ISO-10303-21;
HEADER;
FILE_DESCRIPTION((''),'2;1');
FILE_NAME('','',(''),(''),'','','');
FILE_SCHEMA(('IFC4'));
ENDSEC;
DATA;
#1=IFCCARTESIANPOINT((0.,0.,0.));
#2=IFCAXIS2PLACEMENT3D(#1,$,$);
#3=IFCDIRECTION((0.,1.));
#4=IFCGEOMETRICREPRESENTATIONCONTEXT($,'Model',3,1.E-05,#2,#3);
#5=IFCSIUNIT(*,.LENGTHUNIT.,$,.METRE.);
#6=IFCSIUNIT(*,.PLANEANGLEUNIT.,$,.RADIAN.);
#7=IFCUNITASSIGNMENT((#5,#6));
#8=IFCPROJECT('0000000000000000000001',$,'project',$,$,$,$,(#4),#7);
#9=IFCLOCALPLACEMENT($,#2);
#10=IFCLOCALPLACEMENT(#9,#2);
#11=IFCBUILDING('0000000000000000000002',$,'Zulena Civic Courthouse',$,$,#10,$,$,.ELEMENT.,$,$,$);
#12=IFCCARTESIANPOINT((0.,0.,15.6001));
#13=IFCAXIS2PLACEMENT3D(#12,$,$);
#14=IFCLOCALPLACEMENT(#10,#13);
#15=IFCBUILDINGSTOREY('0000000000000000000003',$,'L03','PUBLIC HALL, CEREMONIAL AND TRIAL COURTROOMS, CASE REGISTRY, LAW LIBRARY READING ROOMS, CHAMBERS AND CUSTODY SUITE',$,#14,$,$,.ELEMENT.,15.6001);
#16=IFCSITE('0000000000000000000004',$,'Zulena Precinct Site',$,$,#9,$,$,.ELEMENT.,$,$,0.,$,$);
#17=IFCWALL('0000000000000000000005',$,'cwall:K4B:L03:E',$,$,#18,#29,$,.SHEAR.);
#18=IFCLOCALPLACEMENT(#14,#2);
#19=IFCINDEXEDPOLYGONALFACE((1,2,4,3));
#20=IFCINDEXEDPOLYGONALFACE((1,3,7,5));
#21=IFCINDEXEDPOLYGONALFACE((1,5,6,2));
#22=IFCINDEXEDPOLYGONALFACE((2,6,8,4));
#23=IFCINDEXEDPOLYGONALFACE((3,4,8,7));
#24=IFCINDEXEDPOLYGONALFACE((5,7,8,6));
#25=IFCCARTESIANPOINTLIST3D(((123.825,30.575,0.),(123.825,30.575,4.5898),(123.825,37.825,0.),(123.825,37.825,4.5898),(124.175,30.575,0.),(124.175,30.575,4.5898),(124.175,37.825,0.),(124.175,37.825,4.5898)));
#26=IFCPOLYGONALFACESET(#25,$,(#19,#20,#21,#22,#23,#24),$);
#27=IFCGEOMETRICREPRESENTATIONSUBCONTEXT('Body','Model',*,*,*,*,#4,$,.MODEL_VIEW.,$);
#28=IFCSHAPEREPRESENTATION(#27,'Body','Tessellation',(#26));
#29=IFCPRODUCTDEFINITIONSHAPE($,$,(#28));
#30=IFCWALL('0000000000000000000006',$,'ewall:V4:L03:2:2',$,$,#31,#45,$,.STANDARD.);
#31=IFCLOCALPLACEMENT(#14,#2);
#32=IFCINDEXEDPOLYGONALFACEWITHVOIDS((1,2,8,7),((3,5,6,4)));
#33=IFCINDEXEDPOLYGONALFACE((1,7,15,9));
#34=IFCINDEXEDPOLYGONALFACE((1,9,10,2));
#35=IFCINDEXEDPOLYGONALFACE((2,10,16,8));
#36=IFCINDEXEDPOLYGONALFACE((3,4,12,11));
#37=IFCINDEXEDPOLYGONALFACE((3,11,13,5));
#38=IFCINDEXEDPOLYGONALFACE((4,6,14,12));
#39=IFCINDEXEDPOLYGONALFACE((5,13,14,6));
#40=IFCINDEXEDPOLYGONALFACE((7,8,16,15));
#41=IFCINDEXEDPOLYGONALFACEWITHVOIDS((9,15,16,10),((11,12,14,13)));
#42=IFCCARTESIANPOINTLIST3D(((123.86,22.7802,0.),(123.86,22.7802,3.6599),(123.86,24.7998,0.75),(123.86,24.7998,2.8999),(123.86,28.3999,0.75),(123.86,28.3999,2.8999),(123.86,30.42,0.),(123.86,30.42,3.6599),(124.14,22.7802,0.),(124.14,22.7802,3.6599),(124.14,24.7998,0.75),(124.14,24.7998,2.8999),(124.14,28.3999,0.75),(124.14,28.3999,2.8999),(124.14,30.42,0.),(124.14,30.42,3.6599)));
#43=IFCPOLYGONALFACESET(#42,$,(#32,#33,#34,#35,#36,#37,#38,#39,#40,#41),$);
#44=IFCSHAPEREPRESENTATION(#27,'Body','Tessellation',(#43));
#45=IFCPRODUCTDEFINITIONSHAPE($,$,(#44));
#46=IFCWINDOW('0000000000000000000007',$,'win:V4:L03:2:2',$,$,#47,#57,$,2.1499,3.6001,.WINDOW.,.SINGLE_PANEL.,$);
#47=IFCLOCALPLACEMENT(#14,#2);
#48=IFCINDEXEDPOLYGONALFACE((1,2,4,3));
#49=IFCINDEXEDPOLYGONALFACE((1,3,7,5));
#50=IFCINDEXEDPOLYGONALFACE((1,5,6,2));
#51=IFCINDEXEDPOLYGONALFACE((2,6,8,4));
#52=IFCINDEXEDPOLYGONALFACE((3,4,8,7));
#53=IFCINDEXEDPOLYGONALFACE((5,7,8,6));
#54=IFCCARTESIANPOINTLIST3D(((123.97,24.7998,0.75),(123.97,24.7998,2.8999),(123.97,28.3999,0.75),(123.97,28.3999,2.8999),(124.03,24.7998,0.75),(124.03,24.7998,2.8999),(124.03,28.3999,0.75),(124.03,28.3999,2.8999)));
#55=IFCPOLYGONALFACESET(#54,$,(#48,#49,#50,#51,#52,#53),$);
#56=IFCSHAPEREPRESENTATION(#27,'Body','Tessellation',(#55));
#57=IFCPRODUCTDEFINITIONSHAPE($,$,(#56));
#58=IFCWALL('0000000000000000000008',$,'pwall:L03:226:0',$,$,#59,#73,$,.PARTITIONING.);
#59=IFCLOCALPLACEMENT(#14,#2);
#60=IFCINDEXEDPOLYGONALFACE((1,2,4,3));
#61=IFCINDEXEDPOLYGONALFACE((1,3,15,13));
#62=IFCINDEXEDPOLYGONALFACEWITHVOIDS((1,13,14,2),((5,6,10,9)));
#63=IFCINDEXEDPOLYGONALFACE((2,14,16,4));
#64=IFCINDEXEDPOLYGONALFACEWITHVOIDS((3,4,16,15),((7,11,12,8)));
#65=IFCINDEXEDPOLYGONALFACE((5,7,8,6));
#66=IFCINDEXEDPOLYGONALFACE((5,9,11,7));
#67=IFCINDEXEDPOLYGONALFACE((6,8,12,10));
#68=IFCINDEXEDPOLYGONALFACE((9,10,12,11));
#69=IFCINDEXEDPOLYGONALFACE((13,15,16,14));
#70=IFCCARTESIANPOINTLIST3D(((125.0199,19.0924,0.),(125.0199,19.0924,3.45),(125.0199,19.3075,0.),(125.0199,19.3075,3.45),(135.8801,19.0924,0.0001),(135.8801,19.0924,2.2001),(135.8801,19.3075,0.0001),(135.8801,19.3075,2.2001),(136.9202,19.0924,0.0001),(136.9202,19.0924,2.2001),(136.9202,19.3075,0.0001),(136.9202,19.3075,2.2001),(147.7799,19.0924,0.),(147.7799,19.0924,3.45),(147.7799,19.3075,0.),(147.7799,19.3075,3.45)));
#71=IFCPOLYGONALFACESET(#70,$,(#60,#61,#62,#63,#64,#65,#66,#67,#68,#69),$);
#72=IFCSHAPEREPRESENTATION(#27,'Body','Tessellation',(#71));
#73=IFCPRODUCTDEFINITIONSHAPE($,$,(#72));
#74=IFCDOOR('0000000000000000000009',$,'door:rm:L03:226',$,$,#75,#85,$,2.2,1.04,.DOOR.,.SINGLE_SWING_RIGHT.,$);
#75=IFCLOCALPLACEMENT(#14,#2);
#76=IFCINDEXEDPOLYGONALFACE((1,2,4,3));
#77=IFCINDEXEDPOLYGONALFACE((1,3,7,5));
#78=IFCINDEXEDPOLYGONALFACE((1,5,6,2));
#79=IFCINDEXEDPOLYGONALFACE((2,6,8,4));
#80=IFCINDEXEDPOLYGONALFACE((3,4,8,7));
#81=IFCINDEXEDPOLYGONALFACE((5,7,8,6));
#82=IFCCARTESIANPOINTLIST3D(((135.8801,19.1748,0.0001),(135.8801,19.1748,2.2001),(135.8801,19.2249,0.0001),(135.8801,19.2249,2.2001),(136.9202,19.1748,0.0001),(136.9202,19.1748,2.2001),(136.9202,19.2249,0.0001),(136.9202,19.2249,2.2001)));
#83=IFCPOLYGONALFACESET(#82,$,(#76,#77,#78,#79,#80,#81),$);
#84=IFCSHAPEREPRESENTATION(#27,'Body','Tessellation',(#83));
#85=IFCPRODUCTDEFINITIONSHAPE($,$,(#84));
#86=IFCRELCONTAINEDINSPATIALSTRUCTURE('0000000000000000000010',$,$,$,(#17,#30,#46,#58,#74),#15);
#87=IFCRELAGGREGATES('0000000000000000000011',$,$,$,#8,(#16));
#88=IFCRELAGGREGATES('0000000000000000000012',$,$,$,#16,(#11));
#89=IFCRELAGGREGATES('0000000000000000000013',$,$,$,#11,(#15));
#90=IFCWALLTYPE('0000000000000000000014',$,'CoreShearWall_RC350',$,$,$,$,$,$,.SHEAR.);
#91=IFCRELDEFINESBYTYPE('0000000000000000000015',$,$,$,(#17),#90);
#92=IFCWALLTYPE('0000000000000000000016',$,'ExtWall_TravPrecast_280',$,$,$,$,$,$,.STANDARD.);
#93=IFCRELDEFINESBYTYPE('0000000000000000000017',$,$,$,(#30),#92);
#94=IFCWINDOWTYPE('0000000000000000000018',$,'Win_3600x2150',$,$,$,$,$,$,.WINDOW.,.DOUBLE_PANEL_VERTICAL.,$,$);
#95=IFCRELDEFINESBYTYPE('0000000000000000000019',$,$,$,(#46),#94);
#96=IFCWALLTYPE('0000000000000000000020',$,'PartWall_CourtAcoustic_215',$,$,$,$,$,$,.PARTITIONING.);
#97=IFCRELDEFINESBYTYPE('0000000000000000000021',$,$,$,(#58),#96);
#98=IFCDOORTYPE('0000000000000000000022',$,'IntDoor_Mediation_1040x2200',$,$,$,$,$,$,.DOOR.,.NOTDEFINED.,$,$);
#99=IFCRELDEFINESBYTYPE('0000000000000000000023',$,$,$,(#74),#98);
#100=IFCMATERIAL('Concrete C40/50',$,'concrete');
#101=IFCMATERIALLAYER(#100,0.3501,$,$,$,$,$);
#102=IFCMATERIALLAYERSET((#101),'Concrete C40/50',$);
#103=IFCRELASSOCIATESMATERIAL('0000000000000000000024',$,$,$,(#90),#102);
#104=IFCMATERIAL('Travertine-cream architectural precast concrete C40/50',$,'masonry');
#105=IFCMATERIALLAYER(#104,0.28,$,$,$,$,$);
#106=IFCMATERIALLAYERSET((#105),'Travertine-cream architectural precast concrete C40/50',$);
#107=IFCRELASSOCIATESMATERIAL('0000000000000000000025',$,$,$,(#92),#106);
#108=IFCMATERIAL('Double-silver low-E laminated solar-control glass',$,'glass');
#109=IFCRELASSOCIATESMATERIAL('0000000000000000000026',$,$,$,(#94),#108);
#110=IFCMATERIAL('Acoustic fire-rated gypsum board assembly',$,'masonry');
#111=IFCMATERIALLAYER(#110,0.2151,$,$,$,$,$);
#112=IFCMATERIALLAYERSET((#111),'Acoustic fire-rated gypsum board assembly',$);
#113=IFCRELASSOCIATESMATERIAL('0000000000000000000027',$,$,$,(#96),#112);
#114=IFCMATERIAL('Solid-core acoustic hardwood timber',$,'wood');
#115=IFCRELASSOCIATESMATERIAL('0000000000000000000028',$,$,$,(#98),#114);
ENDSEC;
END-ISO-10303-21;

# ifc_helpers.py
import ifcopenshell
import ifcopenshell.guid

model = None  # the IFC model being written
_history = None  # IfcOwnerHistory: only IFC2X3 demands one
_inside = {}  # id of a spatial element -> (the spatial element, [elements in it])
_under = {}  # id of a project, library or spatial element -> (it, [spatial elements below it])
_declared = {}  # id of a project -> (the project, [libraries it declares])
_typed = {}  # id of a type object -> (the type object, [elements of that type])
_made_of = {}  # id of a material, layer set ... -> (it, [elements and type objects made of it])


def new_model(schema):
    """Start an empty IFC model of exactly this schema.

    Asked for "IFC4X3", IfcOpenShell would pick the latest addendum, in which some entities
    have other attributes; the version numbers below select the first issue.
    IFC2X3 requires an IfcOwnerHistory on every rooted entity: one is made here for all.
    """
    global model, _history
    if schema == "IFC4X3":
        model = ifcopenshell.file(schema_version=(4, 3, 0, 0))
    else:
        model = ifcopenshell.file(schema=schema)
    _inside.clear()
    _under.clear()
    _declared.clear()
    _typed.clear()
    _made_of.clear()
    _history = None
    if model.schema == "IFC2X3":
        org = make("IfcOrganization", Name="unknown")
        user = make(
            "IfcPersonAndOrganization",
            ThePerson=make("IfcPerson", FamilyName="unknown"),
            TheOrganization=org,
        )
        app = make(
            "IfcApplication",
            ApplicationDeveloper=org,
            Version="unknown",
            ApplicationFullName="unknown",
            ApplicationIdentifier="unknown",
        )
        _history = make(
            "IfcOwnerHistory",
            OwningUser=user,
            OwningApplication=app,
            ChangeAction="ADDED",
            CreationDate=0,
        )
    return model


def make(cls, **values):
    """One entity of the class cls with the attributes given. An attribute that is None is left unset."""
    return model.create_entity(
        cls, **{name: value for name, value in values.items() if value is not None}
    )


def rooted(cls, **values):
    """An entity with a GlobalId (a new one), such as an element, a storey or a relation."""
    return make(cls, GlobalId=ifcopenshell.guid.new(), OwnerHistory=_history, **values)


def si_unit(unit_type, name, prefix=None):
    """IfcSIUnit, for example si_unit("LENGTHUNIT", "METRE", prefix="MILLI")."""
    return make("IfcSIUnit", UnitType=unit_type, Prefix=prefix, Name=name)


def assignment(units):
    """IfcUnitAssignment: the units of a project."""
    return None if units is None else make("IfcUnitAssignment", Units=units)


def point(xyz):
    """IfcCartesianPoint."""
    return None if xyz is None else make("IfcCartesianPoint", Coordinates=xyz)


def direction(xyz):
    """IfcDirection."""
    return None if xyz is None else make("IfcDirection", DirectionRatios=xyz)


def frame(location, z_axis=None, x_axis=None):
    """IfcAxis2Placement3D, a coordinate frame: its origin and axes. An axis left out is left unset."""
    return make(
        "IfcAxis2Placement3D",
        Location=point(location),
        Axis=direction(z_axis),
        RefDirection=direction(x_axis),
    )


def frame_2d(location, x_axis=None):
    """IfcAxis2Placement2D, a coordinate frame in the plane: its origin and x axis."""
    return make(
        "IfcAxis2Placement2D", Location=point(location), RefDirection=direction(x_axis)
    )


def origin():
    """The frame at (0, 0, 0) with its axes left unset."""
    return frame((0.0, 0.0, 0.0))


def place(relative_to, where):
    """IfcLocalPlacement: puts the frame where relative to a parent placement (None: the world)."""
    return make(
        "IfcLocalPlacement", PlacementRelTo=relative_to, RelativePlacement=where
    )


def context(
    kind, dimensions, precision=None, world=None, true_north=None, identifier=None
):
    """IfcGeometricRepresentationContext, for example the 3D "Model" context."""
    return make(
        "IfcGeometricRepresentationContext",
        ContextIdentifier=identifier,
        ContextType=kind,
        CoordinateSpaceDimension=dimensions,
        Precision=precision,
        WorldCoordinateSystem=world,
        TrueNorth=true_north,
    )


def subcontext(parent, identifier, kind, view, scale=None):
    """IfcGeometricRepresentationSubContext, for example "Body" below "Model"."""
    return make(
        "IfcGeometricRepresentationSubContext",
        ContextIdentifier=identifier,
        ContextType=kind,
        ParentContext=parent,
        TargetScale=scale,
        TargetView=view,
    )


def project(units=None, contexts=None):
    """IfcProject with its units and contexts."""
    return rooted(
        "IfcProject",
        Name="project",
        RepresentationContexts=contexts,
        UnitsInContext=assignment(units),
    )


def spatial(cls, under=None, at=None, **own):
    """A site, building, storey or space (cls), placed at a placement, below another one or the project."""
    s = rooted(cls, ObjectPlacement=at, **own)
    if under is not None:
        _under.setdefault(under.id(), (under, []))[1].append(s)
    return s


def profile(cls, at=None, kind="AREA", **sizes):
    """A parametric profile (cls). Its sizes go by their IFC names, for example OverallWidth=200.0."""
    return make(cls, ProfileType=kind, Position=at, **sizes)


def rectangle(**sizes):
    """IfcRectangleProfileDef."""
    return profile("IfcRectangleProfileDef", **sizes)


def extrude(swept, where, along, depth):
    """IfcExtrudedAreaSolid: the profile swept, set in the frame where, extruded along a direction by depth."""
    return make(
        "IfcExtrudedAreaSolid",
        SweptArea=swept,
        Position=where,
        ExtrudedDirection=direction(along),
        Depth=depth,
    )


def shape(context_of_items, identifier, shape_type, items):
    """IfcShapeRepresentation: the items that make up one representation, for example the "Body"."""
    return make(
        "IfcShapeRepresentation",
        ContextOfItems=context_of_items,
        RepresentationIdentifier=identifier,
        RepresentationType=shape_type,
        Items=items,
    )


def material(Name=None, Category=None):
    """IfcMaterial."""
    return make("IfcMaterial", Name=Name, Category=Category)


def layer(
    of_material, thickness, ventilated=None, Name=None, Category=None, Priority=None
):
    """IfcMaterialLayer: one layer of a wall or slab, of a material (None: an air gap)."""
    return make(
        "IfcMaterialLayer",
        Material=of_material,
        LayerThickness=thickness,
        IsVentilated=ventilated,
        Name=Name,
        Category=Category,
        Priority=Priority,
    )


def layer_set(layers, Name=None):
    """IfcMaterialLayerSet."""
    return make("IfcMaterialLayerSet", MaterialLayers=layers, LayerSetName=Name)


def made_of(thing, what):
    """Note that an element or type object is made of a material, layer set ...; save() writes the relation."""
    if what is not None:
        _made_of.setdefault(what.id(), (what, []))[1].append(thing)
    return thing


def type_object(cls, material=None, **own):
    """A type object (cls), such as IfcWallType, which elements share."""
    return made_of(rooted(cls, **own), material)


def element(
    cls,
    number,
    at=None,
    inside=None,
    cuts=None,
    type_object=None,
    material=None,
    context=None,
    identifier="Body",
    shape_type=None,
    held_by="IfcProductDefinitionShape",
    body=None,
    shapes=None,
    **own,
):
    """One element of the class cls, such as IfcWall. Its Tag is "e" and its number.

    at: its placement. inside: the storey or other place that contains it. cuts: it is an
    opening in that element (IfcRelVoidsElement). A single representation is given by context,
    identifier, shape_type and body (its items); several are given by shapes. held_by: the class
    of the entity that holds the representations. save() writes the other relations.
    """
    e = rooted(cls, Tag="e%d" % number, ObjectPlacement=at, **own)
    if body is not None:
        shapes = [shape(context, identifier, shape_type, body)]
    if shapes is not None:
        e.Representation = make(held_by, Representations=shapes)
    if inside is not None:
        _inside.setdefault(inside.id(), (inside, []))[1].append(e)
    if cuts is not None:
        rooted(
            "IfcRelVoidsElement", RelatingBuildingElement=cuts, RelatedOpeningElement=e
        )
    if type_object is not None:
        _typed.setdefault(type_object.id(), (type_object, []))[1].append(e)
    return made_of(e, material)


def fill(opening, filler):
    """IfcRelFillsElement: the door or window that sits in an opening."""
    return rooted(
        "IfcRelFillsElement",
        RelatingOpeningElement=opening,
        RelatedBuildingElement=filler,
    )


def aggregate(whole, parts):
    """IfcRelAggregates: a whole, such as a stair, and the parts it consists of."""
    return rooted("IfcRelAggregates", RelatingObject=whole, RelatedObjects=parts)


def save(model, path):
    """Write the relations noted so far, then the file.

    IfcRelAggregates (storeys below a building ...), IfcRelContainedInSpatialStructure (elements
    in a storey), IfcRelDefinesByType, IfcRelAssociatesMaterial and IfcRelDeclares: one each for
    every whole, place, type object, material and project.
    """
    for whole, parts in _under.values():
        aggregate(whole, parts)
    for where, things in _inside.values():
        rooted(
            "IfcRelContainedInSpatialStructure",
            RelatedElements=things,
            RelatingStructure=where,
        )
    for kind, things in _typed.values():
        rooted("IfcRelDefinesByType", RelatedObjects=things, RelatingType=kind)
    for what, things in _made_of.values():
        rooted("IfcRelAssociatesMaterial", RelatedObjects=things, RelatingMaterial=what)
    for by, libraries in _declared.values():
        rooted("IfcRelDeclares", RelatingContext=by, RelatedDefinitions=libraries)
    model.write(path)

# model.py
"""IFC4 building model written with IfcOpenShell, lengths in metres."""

from ifc_helpers import new_model, si_unit, direction, frame, frame_2d, origin, place, context, subcontext, project, spatial, rectangle, extrude, material, layer, layer_set, type_object, element, fill, save


model = new_model("IFC4")

# Units and contexts
model_context = context("Model", 3, precision=1e-05, world=origin(), true_north=direction((0.0, 1.0)))
body_context = subcontext(model_context, "Body", "Model", "MODEL_VIEW")
ifc_project = project(units=[si_unit("LENGTHUNIT", "METRE"), si_unit("PLANEANGLEUNIT", "RADIAN")], contexts=[model_context])

# Site, building, storey
site_placement = place(None, origin())
site = spatial("IfcSite", under=ifc_project, at=site_placement, Name="Zulena Precinct Site", CompositionType="ELEMENT", RefElevation=0.0)
building_placement = place(site_placement, origin())
building = spatial("IfcBuilding", under=site, at=building_placement, Name="Zulena Civic Courthouse", CompositionType="ELEMENT")
storey_placement = place(building_placement, frame((0.0, 0.0, 15.6001)))
storey = spatial("IfcBuildingStorey", under=building, at=storey_placement, Name="L03", Description="PUBLIC HALL, CEREMONIAL AND TRIAL COURTROOMS, CASE REGISTRY, LAW LIBRARY READING ROOMS, CHAMBERS AND CUSTODY SUITE", CompositionType="ELEMENT", Elevation=15.6001)

# Shared definitions
ifc_material_1 = material(Name="Double-silver low-E laminated solar-control glass", Category="glass")

# Shared definitions
ifc_material_2 = material(Name="Travertine-cream architectural precast concrete C40/50", Category="masonry")

# Shared definitions
ifc_material_3 = material(Name="Concrete C40/50", Category="concrete")
ifc_layer_1 = layer(ifc_material_3, 0.3501)
ifc_layer_set_1 = layer_set([ifc_layer_1], Name="Concrete C40/50")
wall_type_1 = type_object("IfcWallType", Name="CoreShearWall_RC350", PredefinedType="SHEAR", material=ifc_layer_set_1)
ifc_material_4 = material(Name="Solid-core acoustic hardwood timber", Category="wood")

# Wall
wall_1_placement = place(storey_placement, frame((124.0, 30.575, 0.0), z_axis=(0.0, 0.0, 1.0), x_axis=(0.0, 1.0, 0.0)))
element("IfcWall", 1, at=wall_1_placement, inside=storey, type_object=wall_type_1, Name="cwall:K4B:L03:E", PredefinedType="SHEAR", context=body_context, shape_type="SweptSolid", body=[
    extrude(rectangle(XDim=7.25, YDim=0.3501, at=frame_2d((3.625, 0.0))), origin(), (0.0, 0.0, 1.0), 4.5898),
])

# Wall, opening, window
ifc_layer_2 = layer(ifc_material_2, 0.28)
ifc_layer_set_2 = layer_set([ifc_layer_2], Name="Travertine-cream architectural precast concrete C40/50")
wall_type_2 = type_object("IfcWallType", Name="ExtWall_TravPrecast_280", PredefinedType="STANDARD", material=ifc_layer_set_2)
wall_2_placement = place(storey_placement, frame((124.0, 30.4199, 0.0), z_axis=(0.0, 0.0, 1.0), x_axis=(0.0, -1.0, 0.0)))
wall_2 = element("IfcWall", 2, at=wall_2_placement, inside=storey, type_object=wall_type_2, Name="ewall:V4:L03:2:2", PredefinedType="STANDARD", context=body_context, shape_type="SweptSolid", body=[
    extrude(rectangle(XDim=7.6399, YDim=0.28, at=frame_2d((3.8198, 0.0))), origin(), (0.0, 0.0, 1.0), 3.6599),
])
opening_1_placement = place(wall_2_placement, frame((2.02, 0.0, 0.75)))
opening_1 = element("IfcOpeningElement", 3, at=opening_1_placement, cuts=wall_2, PredefinedType="OPENING", context=body_context, shape_type="SweptSolid", body=[
    extrude(rectangle(XDim=3.6001, YDim=2.1499, at=frame_2d((1.8, 1.075))), frame((0.0, 0.1499, 0.0), z_axis=(0.0, -1.0, 0.0), x_axis=(1.0, 0.0, 0.0)), (0.0, 0.0, 1.0), 0.3),
])
window_type = type_object("IfcWindowType", Name="Win_3600x2150", PartitioningType="DOUBLE_PANEL_VERTICAL", PredefinedType="WINDOW", material=ifc_material_1)
window_placement = place(opening_1_placement, origin())
window = element("IfcWindow", 4, at=window_placement, inside=storey, type_object=window_type, Name="win:V4:L03:2:2", OverallHeight=2.1499, OverallWidth=3.6001, PartitioningType="SINGLE_PANEL", PredefinedType="WINDOW", context=body_context, shape_type="SweptSolid", body=[
    extrude(rectangle(XDim=3.6001, YDim=2.1499, at=frame_2d((1.8, 1.075))), frame((0.0, 0.03, 0.0), z_axis=(0.0, -1.0, 0.0), x_axis=(1.0, 0.0, 0.0)), (0.0, 0.0, 1.0), 0.0601),
])
fill(opening_1, window)

# Wall, opening, door
ifc_material_5 = material(Name="Acoustic fire-rated gypsum board assembly", Category="masonry")
ifc_layer_3 = layer(ifc_material_5, 0.2151)
ifc_layer_set_3 = layer_set([ifc_layer_3], Name="Acoustic fire-rated gypsum board assembly")
wall_type_3 = type_object("IfcWallType", Name="PartWall_CourtAcoustic_215", PredefinedType="PARTITIONING", material=ifc_layer_set_3)
wall_3_placement = place(storey_placement, frame((125.02, 19.2, 0.0), z_axis=(0.0, 0.0, 1.0), x_axis=(1.0, 0.0, 0.0)))
wall_3 = element("IfcWall", 5, at=wall_3_placement, inside=storey, type_object=wall_type_3, Name="pwall:L03:226:0", PredefinedType="PARTITIONING", context=body_context, shape_type="SweptSolid", body=[
    extrude(rectangle(XDim=22.76, YDim=0.2151, at=frame_2d((11.3799, 0.0))), origin(), (0.0, 0.0, 1.0), 3.45),
])
opening_2_placement = place(wall_3_placement, frame((10.8601, 0.0, 0.0)))
opening_2 = element("IfcOpeningElement", 6, at=opening_2_placement, cuts=wall_3, PredefinedType="OPENING", context=body_context, shape_type="SweptSolid", body=[
    extrude(rectangle(XDim=1.04, YDim=2.2, at=frame_2d((0.52, 1.1001))), frame((0.0, 0.1174, 0.0), z_axis=(0.0, -1.0, 0.0), x_axis=(1.0, 0.0, 0.0)), (0.0, 0.0, 1.0), 0.2351),
])
door_type_1 = type_object("IfcDoorType", Name="IntDoor_Mediation_1040x2200", OperationType="NOTDEFINED", PredefinedType="DOOR", material=ifc_material_4)
door_1_placement = place(opening_2_placement, origin())
door_1 = element("IfcDoor", 7, at=door_1_placement, inside=storey, type_object=door_type_1, Name="door:rm:L03:226", OperationType="SINGLE_SWING_RIGHT", OverallHeight=2.2, OverallWidth=1.04, PredefinedType="DOOR", context=body_context, shape_type="SweptSolid", body=[
    extrude(rectangle(XDim=1.04, YDim=2.2, at=frame_2d((0.52, 1.1001))), frame((0.0, 0.0249, 0.0), z_axis=(0.0, -1.0, 0.0), x_axis=(1.0, 0.0, 0.0)), (0.0, 0.0, 1.0), 0.05),
])
fill(opening_2, door_1)

save(model, "model.ifc")
